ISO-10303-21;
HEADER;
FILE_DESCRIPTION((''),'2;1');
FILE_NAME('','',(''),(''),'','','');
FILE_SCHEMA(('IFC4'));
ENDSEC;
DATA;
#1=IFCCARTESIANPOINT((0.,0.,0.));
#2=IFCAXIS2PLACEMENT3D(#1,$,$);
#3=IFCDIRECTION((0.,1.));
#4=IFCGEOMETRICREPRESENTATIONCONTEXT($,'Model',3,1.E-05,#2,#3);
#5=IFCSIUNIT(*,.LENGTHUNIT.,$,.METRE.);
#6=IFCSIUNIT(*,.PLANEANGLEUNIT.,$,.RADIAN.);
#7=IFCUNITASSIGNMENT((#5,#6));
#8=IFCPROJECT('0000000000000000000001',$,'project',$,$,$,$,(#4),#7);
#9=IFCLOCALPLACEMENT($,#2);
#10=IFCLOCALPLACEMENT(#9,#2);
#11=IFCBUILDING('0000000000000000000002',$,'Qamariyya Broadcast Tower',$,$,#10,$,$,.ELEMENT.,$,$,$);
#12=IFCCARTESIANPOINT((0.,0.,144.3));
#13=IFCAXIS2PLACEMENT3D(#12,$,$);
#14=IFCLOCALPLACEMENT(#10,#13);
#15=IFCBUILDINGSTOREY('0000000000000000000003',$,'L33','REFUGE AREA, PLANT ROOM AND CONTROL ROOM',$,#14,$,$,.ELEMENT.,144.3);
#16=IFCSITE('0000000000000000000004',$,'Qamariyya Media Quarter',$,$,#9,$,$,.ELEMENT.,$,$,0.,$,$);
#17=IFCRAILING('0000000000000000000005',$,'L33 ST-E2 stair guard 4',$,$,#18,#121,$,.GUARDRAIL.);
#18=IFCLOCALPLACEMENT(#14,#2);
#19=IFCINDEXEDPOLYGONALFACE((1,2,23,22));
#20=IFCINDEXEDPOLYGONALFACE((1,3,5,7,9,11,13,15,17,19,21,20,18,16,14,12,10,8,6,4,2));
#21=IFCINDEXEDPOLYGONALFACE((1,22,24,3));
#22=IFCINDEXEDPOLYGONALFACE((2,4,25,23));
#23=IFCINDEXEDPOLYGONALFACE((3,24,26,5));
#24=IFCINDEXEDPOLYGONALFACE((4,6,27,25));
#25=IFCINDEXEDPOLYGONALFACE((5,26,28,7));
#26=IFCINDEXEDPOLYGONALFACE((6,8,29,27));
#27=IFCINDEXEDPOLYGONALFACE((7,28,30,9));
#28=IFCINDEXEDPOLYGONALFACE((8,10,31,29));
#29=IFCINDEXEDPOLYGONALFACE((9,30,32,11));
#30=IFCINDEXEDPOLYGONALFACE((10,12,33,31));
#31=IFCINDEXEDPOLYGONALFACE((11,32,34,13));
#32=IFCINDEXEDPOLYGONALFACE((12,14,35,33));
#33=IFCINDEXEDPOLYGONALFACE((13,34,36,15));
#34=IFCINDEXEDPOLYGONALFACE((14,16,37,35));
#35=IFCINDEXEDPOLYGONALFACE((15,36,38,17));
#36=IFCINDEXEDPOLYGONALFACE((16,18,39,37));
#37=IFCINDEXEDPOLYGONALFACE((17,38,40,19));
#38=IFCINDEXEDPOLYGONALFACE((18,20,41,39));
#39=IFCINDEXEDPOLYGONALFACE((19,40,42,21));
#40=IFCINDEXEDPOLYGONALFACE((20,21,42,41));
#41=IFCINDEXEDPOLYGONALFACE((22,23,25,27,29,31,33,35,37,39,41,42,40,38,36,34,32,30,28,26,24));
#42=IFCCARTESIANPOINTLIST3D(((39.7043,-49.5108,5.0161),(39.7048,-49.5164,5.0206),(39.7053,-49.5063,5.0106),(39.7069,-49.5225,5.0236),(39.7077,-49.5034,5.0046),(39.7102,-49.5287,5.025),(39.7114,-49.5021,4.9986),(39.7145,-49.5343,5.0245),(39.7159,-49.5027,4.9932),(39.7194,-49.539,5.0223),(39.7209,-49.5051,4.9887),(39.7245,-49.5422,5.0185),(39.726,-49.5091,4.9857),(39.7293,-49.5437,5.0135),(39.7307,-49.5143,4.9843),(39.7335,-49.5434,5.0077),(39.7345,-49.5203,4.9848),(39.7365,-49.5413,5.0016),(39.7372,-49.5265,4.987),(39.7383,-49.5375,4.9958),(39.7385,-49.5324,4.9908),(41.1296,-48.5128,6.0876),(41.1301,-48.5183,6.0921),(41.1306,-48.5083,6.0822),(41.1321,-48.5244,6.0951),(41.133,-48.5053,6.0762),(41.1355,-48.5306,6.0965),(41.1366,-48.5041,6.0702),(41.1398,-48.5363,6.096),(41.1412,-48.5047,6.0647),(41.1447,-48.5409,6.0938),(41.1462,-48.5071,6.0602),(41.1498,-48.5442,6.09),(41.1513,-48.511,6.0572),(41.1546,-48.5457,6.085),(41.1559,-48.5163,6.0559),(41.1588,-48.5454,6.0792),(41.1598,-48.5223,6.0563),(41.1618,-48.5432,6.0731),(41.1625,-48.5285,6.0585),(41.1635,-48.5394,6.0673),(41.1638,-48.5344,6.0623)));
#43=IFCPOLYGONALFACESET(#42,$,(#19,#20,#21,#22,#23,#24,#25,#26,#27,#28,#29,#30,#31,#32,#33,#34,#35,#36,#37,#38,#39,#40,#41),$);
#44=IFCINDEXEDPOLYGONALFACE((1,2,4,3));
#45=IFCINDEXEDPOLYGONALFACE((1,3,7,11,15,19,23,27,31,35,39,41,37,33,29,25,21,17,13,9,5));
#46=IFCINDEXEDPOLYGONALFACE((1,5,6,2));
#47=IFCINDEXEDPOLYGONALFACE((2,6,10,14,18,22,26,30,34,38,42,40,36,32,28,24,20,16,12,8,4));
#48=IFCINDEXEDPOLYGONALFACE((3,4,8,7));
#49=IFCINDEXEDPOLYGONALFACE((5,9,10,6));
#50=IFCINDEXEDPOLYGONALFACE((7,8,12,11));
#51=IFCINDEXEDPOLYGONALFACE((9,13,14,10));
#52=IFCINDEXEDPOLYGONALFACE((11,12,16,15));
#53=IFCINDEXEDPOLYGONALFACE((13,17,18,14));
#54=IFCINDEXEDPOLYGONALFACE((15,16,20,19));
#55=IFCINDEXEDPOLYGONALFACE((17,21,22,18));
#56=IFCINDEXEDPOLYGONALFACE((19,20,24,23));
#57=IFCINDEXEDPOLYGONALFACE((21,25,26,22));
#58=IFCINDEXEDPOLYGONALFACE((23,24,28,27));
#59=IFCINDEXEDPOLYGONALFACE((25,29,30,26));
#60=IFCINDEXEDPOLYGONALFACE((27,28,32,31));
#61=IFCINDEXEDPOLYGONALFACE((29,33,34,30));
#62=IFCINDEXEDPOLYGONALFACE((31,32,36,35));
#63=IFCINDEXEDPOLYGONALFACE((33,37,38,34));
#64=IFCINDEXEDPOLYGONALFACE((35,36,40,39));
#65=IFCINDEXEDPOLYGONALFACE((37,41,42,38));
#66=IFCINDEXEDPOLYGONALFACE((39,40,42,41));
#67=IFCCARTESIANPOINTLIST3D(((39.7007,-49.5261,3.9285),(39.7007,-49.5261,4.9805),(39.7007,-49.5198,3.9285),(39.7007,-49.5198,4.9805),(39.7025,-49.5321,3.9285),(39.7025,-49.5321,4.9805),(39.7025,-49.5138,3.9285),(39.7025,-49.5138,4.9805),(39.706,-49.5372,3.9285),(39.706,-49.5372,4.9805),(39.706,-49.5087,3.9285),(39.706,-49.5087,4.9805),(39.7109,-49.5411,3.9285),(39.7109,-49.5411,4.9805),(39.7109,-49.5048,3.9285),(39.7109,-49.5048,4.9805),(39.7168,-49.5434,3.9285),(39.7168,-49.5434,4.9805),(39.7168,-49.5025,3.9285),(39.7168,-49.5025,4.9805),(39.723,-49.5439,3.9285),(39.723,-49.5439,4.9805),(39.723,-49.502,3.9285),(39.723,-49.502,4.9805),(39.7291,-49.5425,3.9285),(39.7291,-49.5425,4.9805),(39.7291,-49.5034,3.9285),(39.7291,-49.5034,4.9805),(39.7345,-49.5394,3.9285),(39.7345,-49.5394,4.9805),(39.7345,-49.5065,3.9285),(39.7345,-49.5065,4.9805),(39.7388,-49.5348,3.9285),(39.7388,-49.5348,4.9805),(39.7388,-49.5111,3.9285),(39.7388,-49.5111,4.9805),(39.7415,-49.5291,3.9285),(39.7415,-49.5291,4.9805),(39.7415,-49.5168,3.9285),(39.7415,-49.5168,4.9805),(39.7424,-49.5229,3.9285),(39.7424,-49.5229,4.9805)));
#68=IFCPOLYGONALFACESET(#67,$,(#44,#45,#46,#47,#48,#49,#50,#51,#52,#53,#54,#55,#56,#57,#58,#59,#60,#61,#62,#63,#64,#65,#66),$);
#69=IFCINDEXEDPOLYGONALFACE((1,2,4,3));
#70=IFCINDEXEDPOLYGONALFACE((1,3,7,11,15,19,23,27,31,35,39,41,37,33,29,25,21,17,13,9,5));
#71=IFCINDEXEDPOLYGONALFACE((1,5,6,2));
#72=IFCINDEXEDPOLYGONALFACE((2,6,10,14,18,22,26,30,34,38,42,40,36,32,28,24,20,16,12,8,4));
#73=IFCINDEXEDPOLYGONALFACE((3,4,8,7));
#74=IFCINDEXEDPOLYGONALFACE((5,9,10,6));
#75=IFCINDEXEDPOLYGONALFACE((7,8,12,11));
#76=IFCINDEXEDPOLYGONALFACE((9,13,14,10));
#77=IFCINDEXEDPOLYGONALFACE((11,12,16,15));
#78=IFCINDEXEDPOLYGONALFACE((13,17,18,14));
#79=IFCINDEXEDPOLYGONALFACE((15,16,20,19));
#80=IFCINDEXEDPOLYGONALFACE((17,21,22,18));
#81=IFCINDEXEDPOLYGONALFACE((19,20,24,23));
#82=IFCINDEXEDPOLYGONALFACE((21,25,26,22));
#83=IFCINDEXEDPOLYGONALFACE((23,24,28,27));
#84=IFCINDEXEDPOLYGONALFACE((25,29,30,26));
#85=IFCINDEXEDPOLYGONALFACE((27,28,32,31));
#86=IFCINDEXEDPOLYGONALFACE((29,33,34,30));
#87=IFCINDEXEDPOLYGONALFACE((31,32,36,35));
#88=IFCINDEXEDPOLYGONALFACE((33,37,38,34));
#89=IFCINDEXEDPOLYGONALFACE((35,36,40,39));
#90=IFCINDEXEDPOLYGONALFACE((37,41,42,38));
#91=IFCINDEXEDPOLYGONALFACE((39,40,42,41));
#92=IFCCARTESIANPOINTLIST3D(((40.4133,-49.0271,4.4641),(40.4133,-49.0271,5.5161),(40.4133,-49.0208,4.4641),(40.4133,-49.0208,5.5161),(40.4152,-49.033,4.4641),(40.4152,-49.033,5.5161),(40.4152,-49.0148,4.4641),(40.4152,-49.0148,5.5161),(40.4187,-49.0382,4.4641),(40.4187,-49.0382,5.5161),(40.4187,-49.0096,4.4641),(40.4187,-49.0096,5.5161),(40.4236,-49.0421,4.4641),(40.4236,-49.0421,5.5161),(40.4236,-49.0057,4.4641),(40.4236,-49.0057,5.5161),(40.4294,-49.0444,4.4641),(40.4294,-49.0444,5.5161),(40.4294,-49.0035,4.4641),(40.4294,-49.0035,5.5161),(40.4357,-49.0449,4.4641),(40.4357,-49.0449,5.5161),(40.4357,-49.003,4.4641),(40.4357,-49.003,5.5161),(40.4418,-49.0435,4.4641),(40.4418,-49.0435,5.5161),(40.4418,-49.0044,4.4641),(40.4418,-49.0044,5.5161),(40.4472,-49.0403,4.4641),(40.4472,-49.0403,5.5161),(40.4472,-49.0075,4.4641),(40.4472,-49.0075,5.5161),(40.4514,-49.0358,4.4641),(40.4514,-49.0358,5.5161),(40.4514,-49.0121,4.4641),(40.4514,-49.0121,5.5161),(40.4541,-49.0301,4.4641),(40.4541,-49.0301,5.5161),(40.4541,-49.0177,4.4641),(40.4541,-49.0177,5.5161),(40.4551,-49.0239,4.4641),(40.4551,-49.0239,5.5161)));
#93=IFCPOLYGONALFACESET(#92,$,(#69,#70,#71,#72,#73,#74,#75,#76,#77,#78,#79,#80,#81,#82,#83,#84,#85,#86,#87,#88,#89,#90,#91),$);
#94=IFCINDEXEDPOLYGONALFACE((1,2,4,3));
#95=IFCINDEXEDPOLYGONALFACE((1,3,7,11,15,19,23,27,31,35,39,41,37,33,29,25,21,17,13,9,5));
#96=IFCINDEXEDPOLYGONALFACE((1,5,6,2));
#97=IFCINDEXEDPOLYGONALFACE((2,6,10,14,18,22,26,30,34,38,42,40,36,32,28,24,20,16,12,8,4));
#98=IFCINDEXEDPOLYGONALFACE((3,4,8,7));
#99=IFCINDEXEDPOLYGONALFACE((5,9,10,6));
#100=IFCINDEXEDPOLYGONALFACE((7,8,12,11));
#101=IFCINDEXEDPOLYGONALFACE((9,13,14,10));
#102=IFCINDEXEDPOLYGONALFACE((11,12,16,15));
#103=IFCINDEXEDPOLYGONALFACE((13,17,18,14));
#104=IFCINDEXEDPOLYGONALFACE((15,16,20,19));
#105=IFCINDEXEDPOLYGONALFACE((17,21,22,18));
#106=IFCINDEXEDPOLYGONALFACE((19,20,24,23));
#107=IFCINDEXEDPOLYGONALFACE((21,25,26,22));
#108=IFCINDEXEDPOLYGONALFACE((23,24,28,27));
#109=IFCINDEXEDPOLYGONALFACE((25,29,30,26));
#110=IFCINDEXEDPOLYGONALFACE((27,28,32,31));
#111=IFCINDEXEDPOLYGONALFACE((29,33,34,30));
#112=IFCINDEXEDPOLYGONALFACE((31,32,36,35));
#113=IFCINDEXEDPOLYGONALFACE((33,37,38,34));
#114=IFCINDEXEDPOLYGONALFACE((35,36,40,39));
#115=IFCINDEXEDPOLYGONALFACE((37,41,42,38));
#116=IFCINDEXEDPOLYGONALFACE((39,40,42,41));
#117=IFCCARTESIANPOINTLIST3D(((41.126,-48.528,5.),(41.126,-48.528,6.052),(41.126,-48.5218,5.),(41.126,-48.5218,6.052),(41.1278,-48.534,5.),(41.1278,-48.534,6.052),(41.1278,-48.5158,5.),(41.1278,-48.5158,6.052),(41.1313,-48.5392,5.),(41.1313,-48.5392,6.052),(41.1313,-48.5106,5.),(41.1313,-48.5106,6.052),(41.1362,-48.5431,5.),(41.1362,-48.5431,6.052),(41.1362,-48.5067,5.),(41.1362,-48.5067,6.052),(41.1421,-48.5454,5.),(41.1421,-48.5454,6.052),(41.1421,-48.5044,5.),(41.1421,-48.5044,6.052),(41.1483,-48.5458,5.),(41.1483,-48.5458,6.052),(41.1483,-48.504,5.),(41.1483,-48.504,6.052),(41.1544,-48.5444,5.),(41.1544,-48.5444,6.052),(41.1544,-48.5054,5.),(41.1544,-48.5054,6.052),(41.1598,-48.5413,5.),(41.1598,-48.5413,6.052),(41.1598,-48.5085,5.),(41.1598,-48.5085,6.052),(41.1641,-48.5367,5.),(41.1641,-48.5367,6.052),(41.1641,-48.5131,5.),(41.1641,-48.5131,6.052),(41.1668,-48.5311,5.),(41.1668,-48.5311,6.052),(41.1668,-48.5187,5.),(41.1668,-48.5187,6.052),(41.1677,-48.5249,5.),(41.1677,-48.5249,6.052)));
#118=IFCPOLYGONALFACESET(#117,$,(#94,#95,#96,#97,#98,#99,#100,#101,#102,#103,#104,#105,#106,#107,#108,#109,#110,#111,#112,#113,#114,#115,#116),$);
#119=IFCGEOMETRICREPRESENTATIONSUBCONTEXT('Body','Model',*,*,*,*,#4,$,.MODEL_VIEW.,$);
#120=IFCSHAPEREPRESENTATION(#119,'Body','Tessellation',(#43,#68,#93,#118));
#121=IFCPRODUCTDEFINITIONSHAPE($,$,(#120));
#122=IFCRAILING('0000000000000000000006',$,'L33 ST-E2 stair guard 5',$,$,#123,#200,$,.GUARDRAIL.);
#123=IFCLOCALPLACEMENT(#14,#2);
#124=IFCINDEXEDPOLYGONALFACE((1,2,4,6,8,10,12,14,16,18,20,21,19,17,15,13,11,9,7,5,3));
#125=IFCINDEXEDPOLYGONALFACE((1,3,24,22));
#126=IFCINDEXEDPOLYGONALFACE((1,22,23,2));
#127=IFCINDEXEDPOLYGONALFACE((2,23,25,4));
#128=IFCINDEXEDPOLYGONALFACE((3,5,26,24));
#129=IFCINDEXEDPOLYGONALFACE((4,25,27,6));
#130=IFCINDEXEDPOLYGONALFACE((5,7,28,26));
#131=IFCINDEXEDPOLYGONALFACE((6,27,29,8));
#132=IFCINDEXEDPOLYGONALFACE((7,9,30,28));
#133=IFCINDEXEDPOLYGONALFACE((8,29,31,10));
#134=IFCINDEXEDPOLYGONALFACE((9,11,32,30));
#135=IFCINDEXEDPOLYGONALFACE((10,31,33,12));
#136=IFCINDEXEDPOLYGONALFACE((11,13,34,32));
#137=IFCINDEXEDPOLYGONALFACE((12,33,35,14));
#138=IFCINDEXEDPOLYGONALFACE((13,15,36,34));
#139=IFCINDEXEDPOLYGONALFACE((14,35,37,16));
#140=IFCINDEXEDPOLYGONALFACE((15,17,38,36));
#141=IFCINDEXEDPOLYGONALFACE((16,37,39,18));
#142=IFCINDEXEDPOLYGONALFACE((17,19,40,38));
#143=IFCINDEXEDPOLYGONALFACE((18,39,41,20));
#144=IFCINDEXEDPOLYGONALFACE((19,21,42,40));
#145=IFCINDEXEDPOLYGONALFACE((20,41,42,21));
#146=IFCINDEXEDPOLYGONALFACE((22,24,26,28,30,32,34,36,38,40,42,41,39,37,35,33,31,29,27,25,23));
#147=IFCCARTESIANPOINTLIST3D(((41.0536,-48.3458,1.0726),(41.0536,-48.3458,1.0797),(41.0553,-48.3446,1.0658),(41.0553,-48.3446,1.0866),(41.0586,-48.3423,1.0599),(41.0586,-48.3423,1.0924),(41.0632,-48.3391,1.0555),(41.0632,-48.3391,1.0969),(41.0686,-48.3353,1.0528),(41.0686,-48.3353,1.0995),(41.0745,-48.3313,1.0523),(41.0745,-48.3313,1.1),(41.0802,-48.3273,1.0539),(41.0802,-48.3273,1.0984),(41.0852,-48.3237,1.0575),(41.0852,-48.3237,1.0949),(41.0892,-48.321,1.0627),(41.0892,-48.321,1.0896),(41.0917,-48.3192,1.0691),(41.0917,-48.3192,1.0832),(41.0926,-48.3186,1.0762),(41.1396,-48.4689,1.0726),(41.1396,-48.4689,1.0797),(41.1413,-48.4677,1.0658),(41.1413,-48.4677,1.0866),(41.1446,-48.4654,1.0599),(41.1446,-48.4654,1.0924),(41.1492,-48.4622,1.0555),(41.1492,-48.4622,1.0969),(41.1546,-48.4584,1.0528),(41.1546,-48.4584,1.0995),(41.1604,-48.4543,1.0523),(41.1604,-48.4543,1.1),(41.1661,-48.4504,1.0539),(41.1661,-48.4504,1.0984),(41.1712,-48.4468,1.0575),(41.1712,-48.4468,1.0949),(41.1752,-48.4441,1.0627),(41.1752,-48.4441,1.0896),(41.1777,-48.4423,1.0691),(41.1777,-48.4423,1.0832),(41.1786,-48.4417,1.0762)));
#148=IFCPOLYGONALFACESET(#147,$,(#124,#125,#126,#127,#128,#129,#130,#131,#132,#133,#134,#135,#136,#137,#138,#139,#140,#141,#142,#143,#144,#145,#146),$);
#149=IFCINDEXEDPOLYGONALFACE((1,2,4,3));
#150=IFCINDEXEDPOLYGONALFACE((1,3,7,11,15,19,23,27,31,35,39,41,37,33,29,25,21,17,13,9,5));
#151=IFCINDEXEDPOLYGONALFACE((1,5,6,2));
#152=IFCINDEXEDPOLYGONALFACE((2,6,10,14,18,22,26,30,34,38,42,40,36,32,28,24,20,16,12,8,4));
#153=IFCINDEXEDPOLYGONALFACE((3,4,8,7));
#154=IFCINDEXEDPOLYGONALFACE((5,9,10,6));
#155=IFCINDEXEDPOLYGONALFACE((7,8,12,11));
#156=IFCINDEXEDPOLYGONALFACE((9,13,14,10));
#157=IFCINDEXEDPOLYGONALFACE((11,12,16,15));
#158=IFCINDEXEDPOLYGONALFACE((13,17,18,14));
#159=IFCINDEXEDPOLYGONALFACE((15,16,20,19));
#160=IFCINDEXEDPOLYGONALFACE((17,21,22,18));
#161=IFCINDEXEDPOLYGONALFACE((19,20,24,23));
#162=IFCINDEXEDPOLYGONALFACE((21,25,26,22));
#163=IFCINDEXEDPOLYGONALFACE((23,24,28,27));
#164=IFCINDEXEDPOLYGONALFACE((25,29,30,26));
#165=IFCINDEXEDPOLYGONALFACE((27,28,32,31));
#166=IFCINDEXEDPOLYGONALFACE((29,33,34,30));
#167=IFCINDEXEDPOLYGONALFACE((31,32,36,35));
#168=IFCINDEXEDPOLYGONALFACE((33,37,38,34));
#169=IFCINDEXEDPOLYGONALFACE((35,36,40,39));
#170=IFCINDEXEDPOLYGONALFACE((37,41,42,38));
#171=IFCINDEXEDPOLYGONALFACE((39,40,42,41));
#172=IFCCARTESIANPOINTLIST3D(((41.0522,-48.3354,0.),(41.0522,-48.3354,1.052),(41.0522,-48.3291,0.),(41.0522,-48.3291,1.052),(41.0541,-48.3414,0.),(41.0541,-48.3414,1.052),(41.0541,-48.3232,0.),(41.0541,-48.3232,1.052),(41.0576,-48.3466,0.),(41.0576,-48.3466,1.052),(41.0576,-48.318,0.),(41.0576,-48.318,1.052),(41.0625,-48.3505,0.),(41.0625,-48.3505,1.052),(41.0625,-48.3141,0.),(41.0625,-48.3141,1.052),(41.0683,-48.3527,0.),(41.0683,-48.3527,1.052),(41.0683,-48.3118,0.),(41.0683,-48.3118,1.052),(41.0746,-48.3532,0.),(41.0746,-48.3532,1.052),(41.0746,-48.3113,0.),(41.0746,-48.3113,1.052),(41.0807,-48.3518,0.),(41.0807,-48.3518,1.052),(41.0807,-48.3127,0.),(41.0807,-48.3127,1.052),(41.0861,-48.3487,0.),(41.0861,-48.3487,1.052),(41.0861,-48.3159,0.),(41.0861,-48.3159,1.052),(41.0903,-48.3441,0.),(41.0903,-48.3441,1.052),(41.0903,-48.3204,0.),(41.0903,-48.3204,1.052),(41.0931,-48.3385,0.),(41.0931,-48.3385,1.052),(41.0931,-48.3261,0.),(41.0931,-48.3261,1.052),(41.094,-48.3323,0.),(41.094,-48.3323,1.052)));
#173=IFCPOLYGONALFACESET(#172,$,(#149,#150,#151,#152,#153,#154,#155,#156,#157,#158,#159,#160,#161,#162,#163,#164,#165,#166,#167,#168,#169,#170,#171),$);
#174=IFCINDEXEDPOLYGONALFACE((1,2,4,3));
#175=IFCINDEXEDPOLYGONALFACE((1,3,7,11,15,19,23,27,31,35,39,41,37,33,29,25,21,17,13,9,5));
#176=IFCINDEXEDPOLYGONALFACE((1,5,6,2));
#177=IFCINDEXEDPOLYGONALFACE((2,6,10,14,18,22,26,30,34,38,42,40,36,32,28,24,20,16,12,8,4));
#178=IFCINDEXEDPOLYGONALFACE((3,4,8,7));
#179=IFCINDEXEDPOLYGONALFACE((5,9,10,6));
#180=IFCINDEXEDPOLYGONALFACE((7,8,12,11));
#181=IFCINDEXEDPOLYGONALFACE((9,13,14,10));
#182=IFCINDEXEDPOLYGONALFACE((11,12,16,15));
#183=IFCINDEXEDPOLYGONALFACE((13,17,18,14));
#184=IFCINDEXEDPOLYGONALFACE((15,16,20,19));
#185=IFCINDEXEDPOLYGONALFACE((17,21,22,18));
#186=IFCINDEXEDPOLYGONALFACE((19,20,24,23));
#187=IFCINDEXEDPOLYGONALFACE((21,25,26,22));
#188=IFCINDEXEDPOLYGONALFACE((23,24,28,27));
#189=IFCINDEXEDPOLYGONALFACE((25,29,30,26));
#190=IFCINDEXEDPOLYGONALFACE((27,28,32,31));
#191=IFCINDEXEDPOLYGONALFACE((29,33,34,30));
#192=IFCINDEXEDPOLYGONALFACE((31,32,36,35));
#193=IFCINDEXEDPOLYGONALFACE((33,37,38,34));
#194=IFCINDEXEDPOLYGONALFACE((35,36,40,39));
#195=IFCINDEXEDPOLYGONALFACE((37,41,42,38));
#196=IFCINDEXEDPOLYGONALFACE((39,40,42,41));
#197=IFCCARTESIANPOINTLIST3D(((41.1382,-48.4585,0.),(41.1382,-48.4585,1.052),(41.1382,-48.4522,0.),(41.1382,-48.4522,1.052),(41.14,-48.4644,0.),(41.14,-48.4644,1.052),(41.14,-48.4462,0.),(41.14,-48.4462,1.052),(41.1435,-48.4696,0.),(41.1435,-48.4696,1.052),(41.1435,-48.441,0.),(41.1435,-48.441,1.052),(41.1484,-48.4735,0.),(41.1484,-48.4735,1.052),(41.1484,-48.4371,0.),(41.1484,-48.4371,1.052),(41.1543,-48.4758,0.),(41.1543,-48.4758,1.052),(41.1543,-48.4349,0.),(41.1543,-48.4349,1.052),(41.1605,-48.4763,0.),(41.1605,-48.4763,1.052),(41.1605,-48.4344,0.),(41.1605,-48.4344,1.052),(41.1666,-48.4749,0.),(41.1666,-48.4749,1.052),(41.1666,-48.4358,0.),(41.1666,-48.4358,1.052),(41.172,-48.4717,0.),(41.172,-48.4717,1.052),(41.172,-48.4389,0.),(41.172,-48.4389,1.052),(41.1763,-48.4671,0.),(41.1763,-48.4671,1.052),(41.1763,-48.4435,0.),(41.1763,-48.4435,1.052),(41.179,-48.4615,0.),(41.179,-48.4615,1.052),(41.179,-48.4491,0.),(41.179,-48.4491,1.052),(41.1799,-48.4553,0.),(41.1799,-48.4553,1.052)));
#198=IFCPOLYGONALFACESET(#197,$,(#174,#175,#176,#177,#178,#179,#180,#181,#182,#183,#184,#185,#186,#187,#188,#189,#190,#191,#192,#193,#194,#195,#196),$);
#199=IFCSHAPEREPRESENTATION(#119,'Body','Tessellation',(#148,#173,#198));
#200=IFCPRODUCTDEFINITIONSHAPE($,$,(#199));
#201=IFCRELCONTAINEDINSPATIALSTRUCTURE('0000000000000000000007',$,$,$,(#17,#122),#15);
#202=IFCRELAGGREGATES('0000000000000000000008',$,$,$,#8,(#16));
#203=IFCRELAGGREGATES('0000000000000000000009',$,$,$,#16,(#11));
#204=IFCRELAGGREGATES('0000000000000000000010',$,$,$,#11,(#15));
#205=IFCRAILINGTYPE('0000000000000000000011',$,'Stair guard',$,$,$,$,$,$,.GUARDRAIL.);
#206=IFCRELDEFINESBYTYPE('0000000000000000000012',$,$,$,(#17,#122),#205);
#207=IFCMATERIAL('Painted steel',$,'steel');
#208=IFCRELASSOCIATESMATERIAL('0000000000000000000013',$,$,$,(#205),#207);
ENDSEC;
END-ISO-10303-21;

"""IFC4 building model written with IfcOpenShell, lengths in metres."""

from ifc_helpers import new_model, si_unit, direction, frame, origin, origin_2d, place, context, subcontext, project, spatial, circle, extrude, material, type_object, element, save


model = new_model("IFC4")

# Units and contexts
model_context = context("Model", 3, precision=1e-05, world=origin(), true_north=direction((0.0, 1.0)))
body_context = subcontext(model_context, "Body", "Model", "MODEL_VIEW")
ifc_project = project(units=[si_unit("LENGTHUNIT", "METRE"), si_unit("PLANEANGLEUNIT", "RADIAN")], contexts=[model_context])

# Site, building, storey
site_placement = place(None, origin())
site = spatial("IfcSite", under=ifc_project, at=site_placement, Name="Qamariyya Media Quarter", CompositionType="ELEMENT", RefElevation=0.0)
building_placement = place(site_placement, origin())
building = spatial("IfcBuilding", under=site, at=building_placement, Name="Qamariyya Broadcast Tower", CompositionType="ELEMENT")
storey_placement = place(building_placement, frame((0.0, 0.0, 144.3)))
storey = spatial("IfcBuildingStorey", under=building, at=storey_placement, Name="L33", Description="REFUGE AREA, PLANT ROOM AND CONTROL ROOM", CompositionType="ELEMENT", Elevation=144.3)

# Railings
ifc_material_1 = material(Name="Painted steel", Category="steel")
railing_type_1 = type_object("IfcRailingType", Name="Stair guard", PredefinedType="GUARDRAIL", material=ifc_material_1)
railing_1_placement = place(storey_placement, frame((39.7214, -49.5229, 3.9285)))
element("IfcRailing", 1, at=railing_1_placement, inside=storey, type_object=railing_type_1, Name="L33 ST-E2 stair guard 4", PredefinedType="GUARDRAIL", context=body_context, shape_type="SweptSolid", body=[
    extrude(circle(Radius=0.0239, at=origin_2d()), frame((0.0, 0.0, 1.0762), z_axis=(0.697489, 0.48841, 0.524371), x_axis=(-0.573594, 0.81914, 0.0)), (0.0, 0.0, 1.0), 2.0435),
    extrude(circle(Radius=0.021, at=origin_2d()), origin(), (0.0, 0.0, 1.0), 1.052),
    extrude(circle(Radius=0.021, at=origin_2d()), frame((0.7126, 0.499, 0.5356)), (0.0, 0.0, 1.0), 1.052),
    extrude(circle(Radius=0.021, at=origin_2d()), frame((1.4253, 0.998, 1.0715)), (0.0, 0.0, 1.0), 1.052),
])
railing_2_placement = place(storey_placement, frame((41.073, -48.3323, 0.0)))
element("IfcRailing", 2, at=railing_2_placement, inside=storey, type_object=railing_type_1, Name="L33 ST-E2 stair guard 5", PredefinedType="GUARDRAIL", context=body_context, shape_type="SweptSolid", body=[
    extrude(circle(Radius=0.0239, at=origin_2d()), frame((0.0, 0.0, 1.0762), z_axis=(0.572589, -0.819843, 0.0), x_axis=(0.819843, 0.572589, 0.0)), (0.0, 0.0, 1.0), 0.1501),
    extrude(circle(Radius=0.021, at=origin_2d()), origin(), (0.0, 0.0, 1.0), 1.052),
    extrude(circle(Radius=0.021, at=origin_2d()), frame((0.0859, -0.123, 0.0)), (0.0, 0.0, 1.0), 1.052),
])

save(model, "model.ifc")
